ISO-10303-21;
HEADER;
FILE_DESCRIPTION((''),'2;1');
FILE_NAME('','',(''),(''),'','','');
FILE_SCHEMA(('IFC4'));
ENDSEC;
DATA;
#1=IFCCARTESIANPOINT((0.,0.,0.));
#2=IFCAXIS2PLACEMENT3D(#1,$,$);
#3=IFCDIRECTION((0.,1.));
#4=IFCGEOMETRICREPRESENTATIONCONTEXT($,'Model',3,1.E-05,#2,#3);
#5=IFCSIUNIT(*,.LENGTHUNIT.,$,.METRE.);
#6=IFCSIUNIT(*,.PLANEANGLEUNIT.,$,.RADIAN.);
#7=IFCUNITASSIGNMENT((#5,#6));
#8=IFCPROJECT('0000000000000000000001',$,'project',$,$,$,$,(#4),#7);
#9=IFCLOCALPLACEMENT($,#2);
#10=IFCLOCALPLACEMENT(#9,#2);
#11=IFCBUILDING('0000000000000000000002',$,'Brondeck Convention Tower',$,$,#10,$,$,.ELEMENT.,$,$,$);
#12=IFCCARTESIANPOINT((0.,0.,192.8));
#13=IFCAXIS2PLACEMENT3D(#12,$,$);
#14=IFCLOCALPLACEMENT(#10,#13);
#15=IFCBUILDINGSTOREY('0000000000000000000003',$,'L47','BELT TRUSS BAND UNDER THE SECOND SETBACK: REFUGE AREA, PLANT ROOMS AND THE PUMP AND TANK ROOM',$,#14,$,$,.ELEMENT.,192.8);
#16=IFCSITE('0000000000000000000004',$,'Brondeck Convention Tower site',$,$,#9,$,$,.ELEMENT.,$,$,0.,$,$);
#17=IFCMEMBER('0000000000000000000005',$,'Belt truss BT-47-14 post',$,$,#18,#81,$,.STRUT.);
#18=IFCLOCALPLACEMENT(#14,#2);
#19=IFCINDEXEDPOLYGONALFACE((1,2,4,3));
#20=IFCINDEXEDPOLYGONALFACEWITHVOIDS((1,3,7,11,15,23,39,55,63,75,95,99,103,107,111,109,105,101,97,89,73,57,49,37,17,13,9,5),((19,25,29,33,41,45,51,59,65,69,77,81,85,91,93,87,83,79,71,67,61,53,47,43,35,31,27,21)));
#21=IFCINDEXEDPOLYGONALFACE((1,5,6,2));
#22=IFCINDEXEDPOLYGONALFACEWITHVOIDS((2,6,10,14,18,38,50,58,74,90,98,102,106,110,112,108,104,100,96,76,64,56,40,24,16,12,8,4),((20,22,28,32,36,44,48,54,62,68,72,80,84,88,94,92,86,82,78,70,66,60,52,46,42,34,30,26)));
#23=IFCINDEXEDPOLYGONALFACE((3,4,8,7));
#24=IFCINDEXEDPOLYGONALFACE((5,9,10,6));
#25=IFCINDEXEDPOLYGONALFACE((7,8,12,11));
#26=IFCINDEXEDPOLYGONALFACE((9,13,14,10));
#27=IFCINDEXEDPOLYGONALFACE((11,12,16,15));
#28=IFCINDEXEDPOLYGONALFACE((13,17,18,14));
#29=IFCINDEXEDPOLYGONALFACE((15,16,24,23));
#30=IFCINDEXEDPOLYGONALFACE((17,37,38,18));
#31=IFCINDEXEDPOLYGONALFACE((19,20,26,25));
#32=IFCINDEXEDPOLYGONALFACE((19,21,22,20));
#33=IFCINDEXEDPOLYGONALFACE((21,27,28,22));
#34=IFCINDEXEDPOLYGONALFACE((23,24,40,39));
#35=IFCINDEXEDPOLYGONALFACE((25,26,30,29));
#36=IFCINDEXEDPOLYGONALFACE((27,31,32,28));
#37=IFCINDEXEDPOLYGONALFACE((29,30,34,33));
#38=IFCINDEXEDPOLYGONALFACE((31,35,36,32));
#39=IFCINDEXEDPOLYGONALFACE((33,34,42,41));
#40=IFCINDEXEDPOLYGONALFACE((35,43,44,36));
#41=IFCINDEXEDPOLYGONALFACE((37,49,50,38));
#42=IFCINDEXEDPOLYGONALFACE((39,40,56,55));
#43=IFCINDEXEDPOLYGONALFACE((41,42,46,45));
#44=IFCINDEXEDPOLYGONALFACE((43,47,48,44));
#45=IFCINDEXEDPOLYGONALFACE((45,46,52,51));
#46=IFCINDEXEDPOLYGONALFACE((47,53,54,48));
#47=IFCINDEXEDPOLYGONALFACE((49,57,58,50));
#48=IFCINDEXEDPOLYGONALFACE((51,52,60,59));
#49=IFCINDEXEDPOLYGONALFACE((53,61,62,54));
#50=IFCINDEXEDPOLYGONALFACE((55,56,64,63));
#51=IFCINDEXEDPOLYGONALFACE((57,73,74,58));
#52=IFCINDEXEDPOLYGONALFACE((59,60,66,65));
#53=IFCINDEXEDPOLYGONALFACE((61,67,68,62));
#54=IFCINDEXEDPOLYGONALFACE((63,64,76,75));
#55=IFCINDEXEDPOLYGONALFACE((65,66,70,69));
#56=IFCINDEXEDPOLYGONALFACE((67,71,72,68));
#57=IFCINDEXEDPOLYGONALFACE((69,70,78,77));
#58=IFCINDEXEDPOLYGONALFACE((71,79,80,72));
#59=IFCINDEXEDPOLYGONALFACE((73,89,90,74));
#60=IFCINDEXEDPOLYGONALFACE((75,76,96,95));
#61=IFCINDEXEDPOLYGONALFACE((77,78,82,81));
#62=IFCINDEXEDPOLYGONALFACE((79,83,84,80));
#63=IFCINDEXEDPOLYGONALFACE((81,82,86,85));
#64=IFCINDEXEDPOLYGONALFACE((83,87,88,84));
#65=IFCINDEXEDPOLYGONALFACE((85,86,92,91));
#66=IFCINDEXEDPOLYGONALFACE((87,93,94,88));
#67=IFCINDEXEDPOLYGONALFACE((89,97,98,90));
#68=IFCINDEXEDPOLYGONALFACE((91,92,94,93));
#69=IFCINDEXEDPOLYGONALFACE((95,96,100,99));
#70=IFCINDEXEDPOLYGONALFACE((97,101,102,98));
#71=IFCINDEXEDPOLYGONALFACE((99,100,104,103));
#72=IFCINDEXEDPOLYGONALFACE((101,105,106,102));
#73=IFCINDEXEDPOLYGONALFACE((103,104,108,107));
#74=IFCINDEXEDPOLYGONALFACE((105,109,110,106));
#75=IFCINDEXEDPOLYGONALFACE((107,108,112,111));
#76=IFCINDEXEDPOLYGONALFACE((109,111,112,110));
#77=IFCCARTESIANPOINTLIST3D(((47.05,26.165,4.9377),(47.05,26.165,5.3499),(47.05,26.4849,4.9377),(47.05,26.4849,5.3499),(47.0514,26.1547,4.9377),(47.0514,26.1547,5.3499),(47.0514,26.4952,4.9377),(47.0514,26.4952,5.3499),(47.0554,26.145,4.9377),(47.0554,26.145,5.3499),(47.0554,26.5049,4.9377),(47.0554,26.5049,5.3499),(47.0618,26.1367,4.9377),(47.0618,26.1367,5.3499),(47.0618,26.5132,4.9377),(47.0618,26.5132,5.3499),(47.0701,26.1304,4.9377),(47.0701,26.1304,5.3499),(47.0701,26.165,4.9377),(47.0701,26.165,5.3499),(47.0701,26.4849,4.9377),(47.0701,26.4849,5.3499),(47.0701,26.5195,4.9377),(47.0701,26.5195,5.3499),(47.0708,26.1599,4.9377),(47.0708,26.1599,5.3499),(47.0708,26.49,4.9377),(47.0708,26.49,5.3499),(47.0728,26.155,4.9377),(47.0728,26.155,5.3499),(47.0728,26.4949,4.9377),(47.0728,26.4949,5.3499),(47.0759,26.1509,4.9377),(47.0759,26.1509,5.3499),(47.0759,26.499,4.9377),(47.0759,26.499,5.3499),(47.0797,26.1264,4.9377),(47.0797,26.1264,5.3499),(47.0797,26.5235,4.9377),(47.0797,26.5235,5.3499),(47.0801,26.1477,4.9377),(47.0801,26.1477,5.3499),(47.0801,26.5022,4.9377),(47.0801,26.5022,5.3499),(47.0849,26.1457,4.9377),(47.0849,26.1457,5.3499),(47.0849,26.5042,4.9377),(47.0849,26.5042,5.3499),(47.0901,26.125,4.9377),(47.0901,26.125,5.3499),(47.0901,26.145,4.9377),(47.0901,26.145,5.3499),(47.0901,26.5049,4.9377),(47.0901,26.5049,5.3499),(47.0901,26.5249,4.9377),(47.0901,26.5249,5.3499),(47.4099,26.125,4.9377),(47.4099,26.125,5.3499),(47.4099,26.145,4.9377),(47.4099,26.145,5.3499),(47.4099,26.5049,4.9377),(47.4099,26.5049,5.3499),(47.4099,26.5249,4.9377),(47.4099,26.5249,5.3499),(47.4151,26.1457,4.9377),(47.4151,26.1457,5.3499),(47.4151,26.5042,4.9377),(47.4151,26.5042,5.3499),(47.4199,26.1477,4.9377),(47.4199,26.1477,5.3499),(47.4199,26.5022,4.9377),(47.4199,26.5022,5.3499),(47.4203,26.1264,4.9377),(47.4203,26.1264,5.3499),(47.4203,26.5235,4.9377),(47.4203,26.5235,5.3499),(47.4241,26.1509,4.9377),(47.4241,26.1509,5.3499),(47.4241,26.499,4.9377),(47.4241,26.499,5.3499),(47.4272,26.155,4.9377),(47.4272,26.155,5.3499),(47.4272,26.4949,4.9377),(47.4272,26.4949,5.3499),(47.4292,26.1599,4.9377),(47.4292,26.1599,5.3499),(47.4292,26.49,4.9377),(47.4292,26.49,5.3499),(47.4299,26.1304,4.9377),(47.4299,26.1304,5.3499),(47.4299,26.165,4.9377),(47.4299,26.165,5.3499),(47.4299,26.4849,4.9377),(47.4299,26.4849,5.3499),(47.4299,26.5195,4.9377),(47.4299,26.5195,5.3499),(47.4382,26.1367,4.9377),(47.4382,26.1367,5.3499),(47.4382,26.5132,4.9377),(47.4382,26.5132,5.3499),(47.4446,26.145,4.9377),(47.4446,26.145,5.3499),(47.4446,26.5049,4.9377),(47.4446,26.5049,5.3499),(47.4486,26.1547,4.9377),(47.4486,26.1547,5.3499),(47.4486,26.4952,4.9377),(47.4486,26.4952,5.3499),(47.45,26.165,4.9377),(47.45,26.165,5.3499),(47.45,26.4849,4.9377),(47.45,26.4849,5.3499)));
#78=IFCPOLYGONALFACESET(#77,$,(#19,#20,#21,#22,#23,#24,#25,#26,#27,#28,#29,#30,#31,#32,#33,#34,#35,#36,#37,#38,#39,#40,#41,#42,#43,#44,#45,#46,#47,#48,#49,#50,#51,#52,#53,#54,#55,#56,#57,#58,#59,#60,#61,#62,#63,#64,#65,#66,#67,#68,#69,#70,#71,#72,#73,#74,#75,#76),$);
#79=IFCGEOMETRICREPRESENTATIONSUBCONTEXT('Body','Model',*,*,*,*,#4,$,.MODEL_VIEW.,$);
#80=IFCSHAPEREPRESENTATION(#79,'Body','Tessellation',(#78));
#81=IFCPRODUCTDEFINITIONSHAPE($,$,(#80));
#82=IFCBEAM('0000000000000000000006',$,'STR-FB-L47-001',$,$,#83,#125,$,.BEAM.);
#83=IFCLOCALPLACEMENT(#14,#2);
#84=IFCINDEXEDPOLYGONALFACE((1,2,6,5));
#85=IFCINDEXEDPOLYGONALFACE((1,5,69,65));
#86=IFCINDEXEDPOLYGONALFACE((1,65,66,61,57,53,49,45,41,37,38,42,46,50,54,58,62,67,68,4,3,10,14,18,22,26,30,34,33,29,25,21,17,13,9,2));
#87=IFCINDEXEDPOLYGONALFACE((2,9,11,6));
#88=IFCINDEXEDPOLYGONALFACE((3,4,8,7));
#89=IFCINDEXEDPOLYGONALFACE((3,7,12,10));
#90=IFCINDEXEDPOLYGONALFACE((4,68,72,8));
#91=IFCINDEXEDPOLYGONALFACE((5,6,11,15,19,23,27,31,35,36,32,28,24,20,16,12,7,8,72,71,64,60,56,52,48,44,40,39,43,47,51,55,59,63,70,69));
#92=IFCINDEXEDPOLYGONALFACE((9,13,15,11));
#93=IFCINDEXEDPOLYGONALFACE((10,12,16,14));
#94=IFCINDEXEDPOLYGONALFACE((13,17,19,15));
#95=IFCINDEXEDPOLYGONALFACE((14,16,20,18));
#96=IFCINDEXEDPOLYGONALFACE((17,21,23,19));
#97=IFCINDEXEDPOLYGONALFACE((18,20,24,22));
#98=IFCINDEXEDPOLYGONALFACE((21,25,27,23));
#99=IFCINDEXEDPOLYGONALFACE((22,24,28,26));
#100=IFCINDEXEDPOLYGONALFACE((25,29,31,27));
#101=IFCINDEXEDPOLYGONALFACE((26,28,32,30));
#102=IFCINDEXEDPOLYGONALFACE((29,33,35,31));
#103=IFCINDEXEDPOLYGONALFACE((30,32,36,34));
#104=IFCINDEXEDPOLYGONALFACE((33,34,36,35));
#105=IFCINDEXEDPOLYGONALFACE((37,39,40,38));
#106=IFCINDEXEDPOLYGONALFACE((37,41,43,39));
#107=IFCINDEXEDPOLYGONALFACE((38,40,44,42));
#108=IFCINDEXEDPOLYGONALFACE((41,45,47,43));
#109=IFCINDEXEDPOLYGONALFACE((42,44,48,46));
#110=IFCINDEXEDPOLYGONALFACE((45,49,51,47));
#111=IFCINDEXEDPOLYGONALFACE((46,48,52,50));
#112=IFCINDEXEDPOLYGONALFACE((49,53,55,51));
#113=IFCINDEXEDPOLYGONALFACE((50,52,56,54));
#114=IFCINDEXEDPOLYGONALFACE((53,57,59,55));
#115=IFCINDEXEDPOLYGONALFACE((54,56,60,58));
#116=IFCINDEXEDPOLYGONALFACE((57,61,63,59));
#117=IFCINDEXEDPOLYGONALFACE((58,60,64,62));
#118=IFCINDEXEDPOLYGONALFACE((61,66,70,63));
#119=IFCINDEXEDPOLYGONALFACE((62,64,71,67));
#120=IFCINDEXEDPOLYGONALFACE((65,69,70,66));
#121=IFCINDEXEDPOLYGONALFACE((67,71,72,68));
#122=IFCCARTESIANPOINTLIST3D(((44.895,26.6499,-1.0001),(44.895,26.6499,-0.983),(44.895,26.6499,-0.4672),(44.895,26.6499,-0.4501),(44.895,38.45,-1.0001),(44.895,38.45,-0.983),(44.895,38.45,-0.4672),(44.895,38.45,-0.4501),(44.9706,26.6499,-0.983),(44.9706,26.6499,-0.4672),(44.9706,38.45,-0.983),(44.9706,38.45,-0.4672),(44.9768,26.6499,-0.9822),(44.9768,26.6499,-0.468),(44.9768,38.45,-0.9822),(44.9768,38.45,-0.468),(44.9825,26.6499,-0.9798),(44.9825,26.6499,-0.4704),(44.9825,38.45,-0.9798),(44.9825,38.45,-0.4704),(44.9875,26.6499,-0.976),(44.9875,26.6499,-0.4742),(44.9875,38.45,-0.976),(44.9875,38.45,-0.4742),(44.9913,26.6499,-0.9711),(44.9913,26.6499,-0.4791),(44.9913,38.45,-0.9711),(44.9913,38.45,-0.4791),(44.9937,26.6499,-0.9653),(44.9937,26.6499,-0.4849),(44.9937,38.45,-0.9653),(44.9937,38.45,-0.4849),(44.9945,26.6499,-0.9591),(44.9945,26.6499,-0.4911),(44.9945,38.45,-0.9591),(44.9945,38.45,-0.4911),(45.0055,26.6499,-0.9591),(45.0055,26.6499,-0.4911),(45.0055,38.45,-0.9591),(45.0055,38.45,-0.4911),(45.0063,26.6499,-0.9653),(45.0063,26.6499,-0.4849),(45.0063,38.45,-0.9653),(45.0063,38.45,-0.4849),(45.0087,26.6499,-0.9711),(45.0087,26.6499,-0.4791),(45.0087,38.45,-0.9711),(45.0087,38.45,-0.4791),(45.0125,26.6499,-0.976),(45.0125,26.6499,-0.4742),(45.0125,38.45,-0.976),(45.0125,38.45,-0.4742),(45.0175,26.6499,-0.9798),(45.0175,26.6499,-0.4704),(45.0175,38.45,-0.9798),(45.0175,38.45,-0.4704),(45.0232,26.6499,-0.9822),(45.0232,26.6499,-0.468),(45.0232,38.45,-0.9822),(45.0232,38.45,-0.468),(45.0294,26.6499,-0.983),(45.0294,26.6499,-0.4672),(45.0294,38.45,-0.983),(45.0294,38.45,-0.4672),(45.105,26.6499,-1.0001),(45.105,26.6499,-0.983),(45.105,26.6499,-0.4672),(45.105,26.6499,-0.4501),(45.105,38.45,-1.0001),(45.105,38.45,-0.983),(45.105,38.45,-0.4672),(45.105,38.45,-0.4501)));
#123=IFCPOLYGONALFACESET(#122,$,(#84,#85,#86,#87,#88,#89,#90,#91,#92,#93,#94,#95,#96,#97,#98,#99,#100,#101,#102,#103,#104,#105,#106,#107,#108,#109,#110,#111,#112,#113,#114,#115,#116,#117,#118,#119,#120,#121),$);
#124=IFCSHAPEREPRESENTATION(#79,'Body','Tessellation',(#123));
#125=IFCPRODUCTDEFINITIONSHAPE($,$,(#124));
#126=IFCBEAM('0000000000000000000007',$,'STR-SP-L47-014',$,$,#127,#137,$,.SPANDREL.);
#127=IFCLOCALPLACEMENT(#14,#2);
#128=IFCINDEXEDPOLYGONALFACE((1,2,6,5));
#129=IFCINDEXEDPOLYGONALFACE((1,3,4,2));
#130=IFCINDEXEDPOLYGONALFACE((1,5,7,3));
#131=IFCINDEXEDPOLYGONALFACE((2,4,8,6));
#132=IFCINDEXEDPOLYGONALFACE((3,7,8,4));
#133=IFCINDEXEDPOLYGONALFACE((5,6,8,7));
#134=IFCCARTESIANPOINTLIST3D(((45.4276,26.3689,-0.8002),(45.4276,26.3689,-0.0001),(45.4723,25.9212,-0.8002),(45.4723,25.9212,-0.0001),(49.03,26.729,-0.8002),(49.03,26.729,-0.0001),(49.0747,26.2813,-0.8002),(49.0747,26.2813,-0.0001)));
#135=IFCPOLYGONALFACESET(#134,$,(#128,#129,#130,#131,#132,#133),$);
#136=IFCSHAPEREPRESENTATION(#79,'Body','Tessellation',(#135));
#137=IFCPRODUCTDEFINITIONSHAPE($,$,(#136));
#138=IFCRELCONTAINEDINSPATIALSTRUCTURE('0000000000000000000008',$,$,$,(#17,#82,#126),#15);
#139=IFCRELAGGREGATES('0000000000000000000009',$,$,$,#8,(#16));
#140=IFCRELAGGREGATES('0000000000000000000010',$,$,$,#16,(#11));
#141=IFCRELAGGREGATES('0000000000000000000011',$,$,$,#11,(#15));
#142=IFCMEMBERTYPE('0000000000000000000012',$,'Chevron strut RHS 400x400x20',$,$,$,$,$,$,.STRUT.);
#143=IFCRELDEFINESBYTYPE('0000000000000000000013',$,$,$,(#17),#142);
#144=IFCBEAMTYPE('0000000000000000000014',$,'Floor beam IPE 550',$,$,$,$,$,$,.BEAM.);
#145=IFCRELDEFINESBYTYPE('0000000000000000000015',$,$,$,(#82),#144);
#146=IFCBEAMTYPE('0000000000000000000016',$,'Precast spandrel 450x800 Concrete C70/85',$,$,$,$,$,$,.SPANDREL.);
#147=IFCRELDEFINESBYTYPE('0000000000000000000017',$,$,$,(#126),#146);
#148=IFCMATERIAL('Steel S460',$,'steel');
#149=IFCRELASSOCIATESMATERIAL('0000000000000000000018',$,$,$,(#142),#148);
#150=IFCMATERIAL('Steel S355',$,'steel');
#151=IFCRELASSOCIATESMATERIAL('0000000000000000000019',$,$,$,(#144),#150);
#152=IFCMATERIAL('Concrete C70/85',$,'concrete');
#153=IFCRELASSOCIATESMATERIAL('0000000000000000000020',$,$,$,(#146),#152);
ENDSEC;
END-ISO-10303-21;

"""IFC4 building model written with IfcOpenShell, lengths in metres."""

from ifc_helpers import new_model, si_unit, direction, frame, origin, origin_2d, place, context, subcontext, project, spatial, rectangle, hollow_rectangle, i_section, extrude, material, material_profile, profile_set, type_object, element, save


model = new_model("IFC4")

# Units and contexts
model_context = context("Model", 3, precision=1e-05, world=origin(), true_north=direction((0.0, 1.0)))
body_context = subcontext(model_context, "Body", "Model", "MODEL_VIEW")
ifc_project = project(units=[si_unit("LENGTHUNIT", "METRE"), si_unit("PLANEANGLEUNIT", "RADIAN")], contexts=[model_context])

# Site, building, storey
site_placement = place(None, origin())
site = spatial("IfcSite", under=ifc_project, at=site_placement, Name="Brondeck Convention Tower site", CompositionType="ELEMENT", RefElevation=0.0)
building_placement = place(site_placement, origin())
building = spatial("IfcBuilding", under=site, at=building_placement, Name="Brondeck Convention Tower", CompositionType="ELEMENT")
storey_placement = place(building_placement, frame((0.0, 0.0, 192.8)))
storey = spatial("IfcBuildingStorey", under=building, at=storey_placement, Name="L47", Description="BELT TRUSS BAND UNDER THE SECOND SETBACK: REFUGE AREA, PLANT ROOMS AND THE PUMP AND TANK ROOM", CompositionType="ELEMENT", Elevation=192.8)

# Shared definitions
ifc_material_1 = material(Name="Concrete C70/85", Category="concrete")

# Member
ifc_material_2 = material(Name="Steel S460", Category="steel")
ifc_material_profile_1 = material_profile(ifc_material_2, hollow_rectangle(XDim=0.3999, YDim=0.3999, WallThickness=0.02, InnerFilletRadius=0.02, OuterFilletRadius=0.04, at=origin_2d()), Name="RHS 400x400x20")
ifc_profile_set_1 = profile_set([ifc_material_profile_1], Name="Steel S460")
member_type_1 = type_object("IfcMemberType", Name="Chevron strut RHS 400x400x20", PredefinedType="STRUT", material=ifc_profile_set_1)
member_1_placement = place(storey_placement, frame((47.25, 26.325, 4.9377), z_axis=(0.0, 0.0, 1.0), x_axis=(1.0, 0.0, 0.0)))
element("IfcMember", 1, at=member_1_placement, inside=storey, type_object=member_type_1, Name="Belt truss BT-47-14 post", PredefinedType="STRUT", context=body_context, shape_type="SweptSolid", body=[
    extrude(hollow_rectangle(XDim=0.3999, YDim=0.3999, WallThickness=0.02, InnerFilletRadius=0.02, OuterFilletRadius=0.04, at=origin_2d()), origin(), (0.0, 0.0, 1.0), 0.4121),
])

# Beams
ifc_material_3 = material(Name="Steel S355", Category="steel")
ifc_material_profile_2 = material_profile(ifc_material_3, i_section(OverallWidth=0.21, OverallDepth=0.55, WebThickness=0.011, FlangeThickness=0.0171, FilletRadius=0.0239, at=origin_2d()), Name="IPE 550")
ifc_profile_set_2 = profile_set([ifc_material_profile_2], Name="Steel S355")
beam_type_1 = type_object("IfcBeamType", Name="Floor beam IPE 550", PredefinedType="BEAM", material=ifc_profile_set_2)
beam_1_placement = place(storey_placement, frame((45.0, 26.6499, -0.7251), z_axis=(0.0, 1.0, 0.0), x_axis=(-1.0, 0.0, 0.0)))
element("IfcBeam", 2, at=beam_1_placement, inside=storey, type_object=beam_type_1, Name="STR-FB-L47-001", PredefinedType="BEAM", context=body_context, shape_type="SweptSolid", body=[
    extrude(i_section(OverallWidth=0.21, OverallDepth=0.55, WebThickness=0.011, FlangeThickness=0.0171, FilletRadius=0.0239, at=origin_2d()), origin(), (0.0, 0.0, 1.0), 11.8),
])
ifc_material_profile_3 = material_profile(ifc_material_1, rectangle(XDim=0.45, YDim=0.8, at=origin_2d()), Name="Precast spandrel 450x800 Concrete C70/85")
ifc_profile_set_3 = profile_set([ifc_material_profile_3], Name="Concrete C70/85")
beam_type_2 = type_object("IfcBeamType", Name="Precast spandrel 450x800 Concrete C70/85", PredefinedType="SPANDREL", material=ifc_profile_set_3)
beam_2_placement = place(storey_placement, frame((45.45, 26.145, -0.4001), z_axis=(0.995041, 0.09947, 0.0), x_axis=(-0.09947, 0.995041, 0.0)))
element("IfcBeam", 3, at=beam_2_placement, inside=storey, type_object=beam_type_2, Name="STR-SP-L47-014", PredefinedType="SPANDREL", context=body_context, shape_type="SweptSolid", body=[
    extrude(rectangle(XDim=0.45, YDim=0.8, at=origin_2d()), origin(), (0.0, 0.0, 1.0), 3.6204),
])

save(model, "model.ifc")
